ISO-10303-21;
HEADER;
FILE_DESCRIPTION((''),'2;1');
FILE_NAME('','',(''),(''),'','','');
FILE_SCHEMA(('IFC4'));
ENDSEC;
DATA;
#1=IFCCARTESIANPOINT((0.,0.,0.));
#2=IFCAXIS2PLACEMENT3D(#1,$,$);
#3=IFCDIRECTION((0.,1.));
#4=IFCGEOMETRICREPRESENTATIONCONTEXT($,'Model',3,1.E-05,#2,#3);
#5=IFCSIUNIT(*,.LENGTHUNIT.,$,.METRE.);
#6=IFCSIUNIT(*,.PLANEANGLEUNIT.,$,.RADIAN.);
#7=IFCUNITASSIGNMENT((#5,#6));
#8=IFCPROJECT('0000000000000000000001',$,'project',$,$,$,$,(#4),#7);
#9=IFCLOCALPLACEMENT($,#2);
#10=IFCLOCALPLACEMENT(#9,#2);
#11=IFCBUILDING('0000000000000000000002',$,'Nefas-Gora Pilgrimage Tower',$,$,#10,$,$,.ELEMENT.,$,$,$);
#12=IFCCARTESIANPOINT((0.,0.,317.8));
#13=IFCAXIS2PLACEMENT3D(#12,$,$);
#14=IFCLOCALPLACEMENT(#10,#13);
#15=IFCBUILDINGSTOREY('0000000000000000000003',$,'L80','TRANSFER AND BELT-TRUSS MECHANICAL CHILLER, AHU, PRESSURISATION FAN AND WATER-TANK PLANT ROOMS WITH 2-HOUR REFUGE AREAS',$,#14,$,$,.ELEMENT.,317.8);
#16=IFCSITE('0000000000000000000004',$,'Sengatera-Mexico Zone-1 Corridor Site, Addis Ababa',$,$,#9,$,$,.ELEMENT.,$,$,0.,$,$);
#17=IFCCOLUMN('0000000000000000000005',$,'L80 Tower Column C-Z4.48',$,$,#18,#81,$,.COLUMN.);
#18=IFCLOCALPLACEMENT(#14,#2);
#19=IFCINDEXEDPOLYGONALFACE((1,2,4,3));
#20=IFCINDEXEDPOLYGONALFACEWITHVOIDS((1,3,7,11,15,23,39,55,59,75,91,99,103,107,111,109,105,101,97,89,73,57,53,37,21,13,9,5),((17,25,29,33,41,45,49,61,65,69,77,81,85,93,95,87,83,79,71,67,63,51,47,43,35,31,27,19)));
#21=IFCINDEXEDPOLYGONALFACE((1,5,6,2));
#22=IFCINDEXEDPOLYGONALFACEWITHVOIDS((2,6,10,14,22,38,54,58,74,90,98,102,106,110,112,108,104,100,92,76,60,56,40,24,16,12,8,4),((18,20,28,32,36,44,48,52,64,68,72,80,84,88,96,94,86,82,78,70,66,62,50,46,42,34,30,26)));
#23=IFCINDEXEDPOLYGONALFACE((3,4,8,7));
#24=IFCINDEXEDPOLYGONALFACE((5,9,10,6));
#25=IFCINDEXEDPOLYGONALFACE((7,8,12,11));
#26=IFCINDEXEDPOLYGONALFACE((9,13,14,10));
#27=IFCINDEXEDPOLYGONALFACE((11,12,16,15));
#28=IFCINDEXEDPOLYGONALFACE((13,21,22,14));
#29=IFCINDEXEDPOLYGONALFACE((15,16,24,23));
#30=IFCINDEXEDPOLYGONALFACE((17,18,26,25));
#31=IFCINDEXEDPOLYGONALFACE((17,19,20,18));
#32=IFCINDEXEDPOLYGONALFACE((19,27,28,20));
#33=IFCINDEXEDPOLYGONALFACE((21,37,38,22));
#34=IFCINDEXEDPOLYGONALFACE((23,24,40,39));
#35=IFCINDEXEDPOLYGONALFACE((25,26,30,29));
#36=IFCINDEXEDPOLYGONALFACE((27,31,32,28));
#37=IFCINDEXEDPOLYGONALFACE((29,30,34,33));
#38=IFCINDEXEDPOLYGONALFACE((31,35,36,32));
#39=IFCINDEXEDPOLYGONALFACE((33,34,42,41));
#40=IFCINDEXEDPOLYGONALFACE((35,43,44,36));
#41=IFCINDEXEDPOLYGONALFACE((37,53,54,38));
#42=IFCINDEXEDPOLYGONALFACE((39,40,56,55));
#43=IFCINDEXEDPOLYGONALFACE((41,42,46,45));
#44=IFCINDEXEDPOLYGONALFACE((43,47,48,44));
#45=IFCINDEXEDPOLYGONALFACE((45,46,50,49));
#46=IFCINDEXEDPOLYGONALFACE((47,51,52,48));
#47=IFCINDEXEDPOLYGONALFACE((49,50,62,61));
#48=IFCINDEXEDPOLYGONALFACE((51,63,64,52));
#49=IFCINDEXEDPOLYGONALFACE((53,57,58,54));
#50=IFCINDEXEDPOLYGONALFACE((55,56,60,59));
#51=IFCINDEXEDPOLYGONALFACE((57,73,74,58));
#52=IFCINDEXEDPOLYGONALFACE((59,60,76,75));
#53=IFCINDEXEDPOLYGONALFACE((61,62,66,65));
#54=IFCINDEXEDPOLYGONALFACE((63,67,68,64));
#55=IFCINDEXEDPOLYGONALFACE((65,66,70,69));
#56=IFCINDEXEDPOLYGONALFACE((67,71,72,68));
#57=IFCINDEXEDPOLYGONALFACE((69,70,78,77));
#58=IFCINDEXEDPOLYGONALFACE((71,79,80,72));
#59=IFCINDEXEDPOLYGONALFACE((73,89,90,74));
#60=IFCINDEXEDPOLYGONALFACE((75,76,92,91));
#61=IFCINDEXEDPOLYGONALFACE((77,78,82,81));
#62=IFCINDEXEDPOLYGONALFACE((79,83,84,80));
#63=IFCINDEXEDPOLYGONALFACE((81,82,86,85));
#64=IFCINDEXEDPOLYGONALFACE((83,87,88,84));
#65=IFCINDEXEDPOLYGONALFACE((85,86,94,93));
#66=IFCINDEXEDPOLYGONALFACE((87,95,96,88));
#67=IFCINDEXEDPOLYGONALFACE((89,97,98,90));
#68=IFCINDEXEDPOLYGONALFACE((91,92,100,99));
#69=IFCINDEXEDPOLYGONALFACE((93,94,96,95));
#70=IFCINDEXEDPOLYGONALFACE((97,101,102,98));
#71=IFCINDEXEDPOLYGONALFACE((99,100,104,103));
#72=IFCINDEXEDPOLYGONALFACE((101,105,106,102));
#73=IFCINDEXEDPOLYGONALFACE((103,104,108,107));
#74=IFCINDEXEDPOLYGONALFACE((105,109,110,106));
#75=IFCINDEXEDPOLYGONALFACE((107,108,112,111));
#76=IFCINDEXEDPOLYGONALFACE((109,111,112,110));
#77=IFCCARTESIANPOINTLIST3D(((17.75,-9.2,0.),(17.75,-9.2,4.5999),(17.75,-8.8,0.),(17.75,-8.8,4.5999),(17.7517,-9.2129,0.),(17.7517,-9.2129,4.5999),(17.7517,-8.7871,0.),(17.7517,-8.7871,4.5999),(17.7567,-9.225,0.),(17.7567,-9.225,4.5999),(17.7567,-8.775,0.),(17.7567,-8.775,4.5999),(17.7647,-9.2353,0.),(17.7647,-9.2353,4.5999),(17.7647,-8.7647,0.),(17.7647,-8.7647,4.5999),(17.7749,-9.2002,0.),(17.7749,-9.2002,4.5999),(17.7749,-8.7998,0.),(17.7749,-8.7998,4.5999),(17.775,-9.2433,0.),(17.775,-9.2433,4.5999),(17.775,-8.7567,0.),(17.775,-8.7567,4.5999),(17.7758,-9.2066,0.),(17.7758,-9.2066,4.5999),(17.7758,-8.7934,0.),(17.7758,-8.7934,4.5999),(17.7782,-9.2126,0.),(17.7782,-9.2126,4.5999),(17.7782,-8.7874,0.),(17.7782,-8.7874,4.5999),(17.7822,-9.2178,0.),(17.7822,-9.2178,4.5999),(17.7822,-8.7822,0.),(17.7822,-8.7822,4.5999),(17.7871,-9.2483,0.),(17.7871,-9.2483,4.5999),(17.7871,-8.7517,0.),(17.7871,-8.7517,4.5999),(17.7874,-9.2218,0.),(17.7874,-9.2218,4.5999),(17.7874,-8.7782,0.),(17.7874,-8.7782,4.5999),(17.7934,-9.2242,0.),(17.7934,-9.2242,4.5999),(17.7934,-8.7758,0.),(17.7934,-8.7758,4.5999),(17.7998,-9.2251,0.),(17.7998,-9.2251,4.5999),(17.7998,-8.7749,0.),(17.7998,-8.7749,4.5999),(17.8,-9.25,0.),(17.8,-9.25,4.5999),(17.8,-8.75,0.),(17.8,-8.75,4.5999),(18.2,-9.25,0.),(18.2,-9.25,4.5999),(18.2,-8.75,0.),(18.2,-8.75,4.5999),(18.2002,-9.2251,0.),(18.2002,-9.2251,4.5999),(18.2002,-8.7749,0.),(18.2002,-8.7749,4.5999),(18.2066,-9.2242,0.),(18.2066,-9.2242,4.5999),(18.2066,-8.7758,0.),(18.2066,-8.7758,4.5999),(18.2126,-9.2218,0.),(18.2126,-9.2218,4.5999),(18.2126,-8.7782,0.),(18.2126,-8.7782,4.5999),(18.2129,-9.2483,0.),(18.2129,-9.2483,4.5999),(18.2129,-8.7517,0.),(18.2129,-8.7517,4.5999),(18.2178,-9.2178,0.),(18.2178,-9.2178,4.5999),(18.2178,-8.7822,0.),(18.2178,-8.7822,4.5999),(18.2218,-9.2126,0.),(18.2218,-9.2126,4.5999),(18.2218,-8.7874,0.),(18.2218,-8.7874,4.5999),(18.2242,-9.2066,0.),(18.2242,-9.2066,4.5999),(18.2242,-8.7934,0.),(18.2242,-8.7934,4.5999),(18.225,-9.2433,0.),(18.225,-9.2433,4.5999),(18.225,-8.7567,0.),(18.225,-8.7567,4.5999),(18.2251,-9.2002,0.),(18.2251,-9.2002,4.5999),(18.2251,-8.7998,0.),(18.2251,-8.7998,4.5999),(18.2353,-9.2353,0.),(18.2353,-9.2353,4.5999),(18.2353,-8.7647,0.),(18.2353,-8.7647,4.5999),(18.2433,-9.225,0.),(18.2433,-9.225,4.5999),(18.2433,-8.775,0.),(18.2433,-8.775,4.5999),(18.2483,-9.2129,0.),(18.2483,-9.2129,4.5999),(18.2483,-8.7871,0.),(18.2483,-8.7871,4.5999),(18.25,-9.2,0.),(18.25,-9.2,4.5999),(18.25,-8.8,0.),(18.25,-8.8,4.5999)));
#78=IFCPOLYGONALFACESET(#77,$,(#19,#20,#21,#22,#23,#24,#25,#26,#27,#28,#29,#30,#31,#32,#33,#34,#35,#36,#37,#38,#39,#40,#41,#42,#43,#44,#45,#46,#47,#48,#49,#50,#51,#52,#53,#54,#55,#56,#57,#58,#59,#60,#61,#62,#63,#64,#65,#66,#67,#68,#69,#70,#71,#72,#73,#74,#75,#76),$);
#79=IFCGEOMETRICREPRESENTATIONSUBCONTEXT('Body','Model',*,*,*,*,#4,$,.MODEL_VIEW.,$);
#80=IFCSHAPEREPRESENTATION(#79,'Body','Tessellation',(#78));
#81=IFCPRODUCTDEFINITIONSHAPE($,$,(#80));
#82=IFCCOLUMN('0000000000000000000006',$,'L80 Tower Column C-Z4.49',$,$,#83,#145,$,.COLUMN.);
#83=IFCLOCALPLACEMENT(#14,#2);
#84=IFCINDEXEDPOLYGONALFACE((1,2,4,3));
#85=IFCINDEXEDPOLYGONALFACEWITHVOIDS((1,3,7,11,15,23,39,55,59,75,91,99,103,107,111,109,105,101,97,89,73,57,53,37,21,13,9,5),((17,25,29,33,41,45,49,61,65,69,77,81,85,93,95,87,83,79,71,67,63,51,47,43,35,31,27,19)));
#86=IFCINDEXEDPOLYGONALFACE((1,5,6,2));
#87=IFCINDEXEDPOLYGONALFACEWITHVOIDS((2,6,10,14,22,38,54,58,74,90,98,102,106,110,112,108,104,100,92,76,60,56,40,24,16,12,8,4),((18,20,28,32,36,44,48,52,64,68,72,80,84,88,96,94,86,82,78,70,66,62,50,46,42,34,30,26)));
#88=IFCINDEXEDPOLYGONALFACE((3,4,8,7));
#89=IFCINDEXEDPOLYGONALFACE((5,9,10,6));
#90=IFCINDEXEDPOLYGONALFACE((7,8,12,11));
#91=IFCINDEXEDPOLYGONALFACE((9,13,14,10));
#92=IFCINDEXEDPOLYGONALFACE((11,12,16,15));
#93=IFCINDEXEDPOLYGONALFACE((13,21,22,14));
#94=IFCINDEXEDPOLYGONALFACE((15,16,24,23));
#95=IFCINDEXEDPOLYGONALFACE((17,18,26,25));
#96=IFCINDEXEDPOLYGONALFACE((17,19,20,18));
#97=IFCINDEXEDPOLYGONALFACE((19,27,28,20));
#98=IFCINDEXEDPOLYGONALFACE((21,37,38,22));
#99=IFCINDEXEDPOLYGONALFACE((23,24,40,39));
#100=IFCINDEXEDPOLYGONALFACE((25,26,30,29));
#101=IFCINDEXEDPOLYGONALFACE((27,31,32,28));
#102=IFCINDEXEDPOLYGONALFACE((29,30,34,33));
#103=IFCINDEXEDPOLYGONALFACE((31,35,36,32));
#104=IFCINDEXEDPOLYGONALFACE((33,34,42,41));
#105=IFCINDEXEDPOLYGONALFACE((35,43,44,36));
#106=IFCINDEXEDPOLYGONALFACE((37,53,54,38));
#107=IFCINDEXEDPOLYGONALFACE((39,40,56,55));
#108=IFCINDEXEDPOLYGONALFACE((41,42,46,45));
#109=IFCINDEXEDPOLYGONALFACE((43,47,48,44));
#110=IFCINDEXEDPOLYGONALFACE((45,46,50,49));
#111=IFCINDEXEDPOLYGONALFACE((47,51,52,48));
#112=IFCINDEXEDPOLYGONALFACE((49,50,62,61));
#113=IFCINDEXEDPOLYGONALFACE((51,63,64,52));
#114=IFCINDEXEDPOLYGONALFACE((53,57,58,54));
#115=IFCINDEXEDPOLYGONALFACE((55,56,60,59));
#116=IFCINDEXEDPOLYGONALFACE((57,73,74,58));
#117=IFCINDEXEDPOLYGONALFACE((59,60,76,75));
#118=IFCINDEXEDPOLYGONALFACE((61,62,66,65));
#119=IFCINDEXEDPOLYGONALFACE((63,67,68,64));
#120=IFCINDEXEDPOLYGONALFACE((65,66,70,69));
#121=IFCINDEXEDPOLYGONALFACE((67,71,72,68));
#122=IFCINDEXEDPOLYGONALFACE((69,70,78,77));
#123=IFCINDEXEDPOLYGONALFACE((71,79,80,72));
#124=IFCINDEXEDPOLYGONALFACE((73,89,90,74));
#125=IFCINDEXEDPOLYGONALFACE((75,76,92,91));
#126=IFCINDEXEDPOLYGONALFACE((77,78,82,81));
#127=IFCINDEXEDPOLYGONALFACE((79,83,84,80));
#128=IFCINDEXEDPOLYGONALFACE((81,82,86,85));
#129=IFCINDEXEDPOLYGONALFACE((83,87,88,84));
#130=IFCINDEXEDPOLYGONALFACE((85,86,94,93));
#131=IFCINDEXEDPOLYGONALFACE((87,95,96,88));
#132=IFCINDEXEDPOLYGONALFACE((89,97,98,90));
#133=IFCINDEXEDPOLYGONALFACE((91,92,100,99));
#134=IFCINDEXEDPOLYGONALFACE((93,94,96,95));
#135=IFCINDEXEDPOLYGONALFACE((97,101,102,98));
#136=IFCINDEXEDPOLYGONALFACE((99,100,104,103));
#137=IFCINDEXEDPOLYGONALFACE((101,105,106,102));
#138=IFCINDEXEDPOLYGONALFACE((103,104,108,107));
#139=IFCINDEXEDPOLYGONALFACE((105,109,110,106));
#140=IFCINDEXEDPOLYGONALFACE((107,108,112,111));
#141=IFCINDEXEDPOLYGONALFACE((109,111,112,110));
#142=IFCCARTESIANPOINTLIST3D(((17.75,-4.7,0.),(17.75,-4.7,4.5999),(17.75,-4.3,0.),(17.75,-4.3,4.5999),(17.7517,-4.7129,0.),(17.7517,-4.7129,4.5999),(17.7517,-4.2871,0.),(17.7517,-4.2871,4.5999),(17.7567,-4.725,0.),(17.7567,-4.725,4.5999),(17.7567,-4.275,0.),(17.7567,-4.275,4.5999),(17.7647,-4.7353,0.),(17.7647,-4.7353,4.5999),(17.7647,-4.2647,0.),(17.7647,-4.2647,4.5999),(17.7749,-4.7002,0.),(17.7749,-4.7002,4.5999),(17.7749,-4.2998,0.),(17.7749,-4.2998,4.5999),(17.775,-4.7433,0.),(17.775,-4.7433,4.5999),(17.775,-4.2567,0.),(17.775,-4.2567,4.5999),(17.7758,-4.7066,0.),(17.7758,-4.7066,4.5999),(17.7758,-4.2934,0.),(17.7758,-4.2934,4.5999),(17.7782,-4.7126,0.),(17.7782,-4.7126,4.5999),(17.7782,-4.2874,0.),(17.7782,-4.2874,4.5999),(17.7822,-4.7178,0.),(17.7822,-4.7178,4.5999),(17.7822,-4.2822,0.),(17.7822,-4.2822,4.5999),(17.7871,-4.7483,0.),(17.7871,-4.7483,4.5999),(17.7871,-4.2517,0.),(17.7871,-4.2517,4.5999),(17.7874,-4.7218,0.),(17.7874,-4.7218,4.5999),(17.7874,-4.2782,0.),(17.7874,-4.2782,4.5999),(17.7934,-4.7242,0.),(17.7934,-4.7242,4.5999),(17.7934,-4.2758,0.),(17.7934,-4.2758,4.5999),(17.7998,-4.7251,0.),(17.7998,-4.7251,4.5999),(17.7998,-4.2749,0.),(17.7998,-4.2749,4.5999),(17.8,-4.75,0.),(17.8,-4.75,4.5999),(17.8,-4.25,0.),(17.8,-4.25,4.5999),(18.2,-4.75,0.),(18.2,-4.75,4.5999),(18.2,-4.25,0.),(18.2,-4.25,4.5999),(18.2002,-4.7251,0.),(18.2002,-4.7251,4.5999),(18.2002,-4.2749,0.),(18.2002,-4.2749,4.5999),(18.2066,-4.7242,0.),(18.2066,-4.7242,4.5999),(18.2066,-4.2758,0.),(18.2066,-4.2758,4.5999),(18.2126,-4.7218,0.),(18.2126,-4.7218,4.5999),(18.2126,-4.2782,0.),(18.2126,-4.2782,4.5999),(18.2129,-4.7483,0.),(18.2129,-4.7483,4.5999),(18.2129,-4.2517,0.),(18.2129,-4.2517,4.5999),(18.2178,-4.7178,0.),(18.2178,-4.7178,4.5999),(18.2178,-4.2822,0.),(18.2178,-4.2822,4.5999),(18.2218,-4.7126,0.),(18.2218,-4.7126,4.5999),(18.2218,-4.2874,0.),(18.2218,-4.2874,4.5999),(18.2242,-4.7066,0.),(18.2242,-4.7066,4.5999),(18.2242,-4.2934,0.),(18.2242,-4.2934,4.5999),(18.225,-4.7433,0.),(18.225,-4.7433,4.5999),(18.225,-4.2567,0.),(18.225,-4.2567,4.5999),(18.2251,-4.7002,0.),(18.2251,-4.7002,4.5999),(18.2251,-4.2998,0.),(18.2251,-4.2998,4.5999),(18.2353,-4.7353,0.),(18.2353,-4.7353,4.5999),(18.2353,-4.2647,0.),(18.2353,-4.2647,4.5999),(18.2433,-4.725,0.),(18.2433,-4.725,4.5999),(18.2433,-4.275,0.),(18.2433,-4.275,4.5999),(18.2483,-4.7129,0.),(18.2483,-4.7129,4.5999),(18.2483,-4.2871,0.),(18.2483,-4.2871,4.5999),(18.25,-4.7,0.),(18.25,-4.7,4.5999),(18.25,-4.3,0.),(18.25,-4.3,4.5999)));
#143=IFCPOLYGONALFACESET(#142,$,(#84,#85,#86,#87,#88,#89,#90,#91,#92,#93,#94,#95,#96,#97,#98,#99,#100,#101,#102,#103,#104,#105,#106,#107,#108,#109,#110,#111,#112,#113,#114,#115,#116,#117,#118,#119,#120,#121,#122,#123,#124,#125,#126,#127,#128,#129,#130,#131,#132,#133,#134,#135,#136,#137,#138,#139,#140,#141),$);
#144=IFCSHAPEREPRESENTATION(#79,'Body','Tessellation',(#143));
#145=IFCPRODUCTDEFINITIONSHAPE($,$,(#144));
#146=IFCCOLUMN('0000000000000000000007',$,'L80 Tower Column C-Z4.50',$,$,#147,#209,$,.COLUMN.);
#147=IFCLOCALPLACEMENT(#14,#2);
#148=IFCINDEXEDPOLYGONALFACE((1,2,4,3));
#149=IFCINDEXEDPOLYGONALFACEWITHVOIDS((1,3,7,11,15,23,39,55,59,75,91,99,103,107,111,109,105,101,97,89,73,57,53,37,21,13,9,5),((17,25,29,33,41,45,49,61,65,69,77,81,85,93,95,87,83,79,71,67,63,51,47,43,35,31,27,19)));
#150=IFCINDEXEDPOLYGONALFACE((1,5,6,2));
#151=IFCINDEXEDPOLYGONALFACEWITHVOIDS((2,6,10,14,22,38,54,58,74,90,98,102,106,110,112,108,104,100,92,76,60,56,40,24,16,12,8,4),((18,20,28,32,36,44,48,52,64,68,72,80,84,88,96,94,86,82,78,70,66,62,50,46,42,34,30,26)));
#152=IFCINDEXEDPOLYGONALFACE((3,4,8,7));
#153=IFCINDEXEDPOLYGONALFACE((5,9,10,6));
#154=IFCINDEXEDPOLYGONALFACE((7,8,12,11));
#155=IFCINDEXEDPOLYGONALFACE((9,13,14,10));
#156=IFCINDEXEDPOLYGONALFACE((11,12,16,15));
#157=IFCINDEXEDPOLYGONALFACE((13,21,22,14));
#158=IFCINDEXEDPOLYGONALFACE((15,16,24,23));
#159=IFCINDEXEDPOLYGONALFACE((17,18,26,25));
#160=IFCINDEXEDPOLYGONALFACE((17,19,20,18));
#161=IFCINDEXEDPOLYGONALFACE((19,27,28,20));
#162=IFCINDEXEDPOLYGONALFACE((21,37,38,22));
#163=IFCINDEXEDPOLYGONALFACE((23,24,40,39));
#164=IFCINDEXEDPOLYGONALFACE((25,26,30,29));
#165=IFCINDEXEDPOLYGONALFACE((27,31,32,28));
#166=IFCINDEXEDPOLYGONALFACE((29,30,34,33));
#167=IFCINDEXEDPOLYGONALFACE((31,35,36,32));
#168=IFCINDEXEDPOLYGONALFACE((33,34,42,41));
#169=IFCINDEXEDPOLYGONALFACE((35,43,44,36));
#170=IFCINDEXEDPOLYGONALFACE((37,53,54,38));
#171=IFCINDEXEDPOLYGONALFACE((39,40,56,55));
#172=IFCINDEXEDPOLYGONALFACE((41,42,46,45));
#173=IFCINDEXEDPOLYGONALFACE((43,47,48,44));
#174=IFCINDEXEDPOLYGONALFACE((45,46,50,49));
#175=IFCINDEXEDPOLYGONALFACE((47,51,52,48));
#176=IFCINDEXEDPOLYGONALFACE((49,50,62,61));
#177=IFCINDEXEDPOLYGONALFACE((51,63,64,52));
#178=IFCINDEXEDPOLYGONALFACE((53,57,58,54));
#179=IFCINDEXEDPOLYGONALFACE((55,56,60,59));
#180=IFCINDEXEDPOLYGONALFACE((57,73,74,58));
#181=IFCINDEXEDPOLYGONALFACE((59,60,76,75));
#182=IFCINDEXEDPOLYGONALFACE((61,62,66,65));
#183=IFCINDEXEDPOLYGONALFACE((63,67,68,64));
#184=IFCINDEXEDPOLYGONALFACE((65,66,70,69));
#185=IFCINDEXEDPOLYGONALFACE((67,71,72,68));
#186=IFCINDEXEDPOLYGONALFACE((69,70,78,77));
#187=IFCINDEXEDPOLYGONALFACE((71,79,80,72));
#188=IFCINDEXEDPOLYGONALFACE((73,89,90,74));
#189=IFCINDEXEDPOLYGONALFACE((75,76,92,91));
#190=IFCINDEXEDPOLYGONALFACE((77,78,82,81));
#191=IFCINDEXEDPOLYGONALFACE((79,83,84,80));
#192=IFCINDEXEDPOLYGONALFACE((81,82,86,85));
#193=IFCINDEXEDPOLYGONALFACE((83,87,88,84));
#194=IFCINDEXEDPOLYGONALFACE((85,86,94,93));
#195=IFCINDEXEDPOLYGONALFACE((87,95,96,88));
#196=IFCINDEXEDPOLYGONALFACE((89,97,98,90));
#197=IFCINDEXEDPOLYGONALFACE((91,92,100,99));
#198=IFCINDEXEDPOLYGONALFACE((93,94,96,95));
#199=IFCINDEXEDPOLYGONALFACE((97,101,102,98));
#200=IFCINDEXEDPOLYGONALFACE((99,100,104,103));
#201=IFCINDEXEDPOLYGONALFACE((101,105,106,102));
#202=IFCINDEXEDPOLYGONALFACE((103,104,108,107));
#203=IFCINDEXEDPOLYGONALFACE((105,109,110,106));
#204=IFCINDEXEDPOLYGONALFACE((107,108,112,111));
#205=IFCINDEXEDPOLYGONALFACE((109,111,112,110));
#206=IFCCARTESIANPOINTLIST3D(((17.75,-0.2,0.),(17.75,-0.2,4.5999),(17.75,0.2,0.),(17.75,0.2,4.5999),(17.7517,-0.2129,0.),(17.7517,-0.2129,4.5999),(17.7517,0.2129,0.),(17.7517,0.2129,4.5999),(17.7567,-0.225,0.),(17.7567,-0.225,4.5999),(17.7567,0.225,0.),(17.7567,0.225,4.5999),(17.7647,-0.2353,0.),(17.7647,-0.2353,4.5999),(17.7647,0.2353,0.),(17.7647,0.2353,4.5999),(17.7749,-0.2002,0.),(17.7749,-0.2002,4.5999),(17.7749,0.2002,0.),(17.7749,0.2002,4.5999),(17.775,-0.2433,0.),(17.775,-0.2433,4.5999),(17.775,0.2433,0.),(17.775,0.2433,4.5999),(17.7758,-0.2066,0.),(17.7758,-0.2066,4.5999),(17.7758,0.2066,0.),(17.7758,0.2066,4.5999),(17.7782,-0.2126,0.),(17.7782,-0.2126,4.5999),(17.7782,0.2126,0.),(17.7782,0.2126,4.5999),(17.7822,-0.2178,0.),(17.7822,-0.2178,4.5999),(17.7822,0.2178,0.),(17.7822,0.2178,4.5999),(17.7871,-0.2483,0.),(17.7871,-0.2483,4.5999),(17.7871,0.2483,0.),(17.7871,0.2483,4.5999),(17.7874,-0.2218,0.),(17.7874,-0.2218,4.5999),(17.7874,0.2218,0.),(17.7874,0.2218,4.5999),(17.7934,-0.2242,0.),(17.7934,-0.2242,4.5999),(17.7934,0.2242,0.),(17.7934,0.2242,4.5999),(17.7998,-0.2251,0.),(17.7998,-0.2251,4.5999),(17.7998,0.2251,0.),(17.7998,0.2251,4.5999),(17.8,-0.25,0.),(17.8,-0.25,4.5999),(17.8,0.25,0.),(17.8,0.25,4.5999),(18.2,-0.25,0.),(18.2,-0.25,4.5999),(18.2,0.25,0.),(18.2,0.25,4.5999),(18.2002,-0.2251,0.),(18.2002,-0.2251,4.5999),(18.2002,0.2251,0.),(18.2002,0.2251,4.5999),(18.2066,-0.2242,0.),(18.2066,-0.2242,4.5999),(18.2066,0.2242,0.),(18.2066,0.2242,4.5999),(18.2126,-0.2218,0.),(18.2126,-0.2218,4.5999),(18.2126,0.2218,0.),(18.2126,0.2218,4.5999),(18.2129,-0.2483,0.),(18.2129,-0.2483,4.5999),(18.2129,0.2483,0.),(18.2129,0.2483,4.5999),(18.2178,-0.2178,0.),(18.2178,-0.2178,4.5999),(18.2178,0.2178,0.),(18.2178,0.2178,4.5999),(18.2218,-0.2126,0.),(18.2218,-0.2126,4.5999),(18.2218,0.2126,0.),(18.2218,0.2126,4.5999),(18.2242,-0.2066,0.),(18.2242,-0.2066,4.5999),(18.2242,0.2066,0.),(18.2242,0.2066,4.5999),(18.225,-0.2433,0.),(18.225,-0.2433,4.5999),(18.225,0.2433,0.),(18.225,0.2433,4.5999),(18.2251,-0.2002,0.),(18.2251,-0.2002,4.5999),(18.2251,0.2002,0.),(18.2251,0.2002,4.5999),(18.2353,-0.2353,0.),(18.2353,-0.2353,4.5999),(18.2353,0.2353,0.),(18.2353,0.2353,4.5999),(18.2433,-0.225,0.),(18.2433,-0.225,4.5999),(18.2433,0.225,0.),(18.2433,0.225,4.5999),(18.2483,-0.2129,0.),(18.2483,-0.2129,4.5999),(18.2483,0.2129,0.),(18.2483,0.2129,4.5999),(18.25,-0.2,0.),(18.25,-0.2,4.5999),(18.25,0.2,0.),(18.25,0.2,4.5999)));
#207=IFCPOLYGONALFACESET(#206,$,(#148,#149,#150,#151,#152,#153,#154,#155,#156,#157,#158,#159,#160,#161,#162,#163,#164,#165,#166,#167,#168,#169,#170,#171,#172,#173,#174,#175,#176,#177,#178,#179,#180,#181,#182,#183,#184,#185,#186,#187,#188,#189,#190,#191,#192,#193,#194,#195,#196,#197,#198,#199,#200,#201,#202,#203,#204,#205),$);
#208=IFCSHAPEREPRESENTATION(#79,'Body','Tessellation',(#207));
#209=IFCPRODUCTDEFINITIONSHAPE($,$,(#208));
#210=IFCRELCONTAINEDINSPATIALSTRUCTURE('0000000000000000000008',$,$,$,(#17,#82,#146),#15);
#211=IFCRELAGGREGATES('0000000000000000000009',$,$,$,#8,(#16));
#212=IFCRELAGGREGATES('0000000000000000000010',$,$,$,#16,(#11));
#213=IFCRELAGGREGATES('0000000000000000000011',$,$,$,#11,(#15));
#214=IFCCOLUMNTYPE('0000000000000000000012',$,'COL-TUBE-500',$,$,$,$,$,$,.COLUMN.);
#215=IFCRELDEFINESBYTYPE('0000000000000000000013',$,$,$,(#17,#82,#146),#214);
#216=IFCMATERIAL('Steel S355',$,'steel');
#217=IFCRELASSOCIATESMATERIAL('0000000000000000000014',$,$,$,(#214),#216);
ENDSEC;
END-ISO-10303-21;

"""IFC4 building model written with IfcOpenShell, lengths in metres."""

from ifc_helpers import new_model, si_unit, direction, frame, origin, origin_2d, place, context, subcontext, project, spatial, hollow_rectangle, extrude, source, transform, mapped, material, material_profile, profile_set, type_object, element, save


model = new_model("IFC4")

# Units and contexts
model_context = context("Model", 3, precision=1e-05, world=origin(), true_north=direction((0.0, 1.0)))
body_context = subcontext(model_context, "Body", "Model", "MODEL_VIEW")
ifc_project = project(units=[si_unit("LENGTHUNIT", "METRE"), si_unit("PLANEANGLEUNIT", "RADIAN")], contexts=[model_context])

# Site, building, storey
site_placement = place(None, origin())
site = spatial("IfcSite", under=ifc_project, at=site_placement, Name="Sengatera-Mexico Zone-1 Corridor Site, Addis Ababa", CompositionType="ELEMENT", RefElevation=0.0)
building_placement = place(site_placement, origin())
building = spatial("IfcBuilding", under=site, at=building_placement, Name="Nefas-Gora Pilgrimage Tower", CompositionType="ELEMENT")
storey_placement = place(building_placement, frame((0.0, 0.0, 317.8)))
storey = spatial("IfcBuildingStorey", under=building, at=storey_placement, Name="L80", Description="TRANSFER AND BELT-TRUSS MECHANICAL CHILLER, AHU, PRESSURISATION FAN AND WATER-TANK PLANT ROOMS WITH 2-HOUR REFUGE AREAS", CompositionType="ELEMENT", Elevation=317.8)

# Columns
ifc_material_1 = material(Name="Steel S355", Category="steel")
ifc_material_profile_1 = material_profile(ifc_material_1, hollow_rectangle(XDim=0.5, YDim=0.5, WallThickness=0.0249, InnerFilletRadius=0.0249, OuterFilletRadius=0.05, at=origin_2d()), Name="SHS 500x500x25")
ifc_profile_set_1 = profile_set([ifc_material_profile_1], Name="Steel S355")
column_type_1 = type_object("IfcColumnType", Name="COL-TUBE-500", PredefinedType="COLUMN", material=ifc_profile_set_1)
shared_shape_1 = source(origin(), body_context, "Body", "SweptSolid", [
    extrude(hollow_rectangle(XDim=0.5, YDim=0.5, WallThickness=0.0249, InnerFilletRadius=0.0249, OuterFilletRadius=0.05, at=origin_2d()), origin(), (0.0, 0.0, 1.0), 4.5999),
])
for number, where, z_axis, x_axis, name in (
    (1, (18.0, -9.0, 0.0), (0.0, 0.0, 1.0), (1.0, 0.0, 0.0), "L80 Tower Column C-Z4.48"),
    (2, (18.0, -4.5, 0.0), (0.0, 0.0, 1.0), (1.0, 0.0, 0.0), "L80 Tower Column C-Z4.49"),
    (3, (18.0, 0.0, 0.0), (0.0, 0.0, 1.0), (1.0, 0.0, 0.0), "L80 Tower Column C-Z4.50"),
):
    element("IfcColumn", number, at=place(storey_placement, frame(where, z_axis=z_axis, x_axis=x_axis)), inside=storey, type_object=column_type_1, Name=name, PredefinedType="COLUMN", context=body_context, shape_type="MappedRepresentation", body=[
        mapped(shared_shape_1, transform((0.0, 0.0, 0.0), x_axis=(1.0, 0.0, 0.0), y_axis=(0.0, 1.0, 0.0), z_axis=(0.0, 0.0, 1.0), scale=1.0)),
    ])

save(model, "model.ifc")
